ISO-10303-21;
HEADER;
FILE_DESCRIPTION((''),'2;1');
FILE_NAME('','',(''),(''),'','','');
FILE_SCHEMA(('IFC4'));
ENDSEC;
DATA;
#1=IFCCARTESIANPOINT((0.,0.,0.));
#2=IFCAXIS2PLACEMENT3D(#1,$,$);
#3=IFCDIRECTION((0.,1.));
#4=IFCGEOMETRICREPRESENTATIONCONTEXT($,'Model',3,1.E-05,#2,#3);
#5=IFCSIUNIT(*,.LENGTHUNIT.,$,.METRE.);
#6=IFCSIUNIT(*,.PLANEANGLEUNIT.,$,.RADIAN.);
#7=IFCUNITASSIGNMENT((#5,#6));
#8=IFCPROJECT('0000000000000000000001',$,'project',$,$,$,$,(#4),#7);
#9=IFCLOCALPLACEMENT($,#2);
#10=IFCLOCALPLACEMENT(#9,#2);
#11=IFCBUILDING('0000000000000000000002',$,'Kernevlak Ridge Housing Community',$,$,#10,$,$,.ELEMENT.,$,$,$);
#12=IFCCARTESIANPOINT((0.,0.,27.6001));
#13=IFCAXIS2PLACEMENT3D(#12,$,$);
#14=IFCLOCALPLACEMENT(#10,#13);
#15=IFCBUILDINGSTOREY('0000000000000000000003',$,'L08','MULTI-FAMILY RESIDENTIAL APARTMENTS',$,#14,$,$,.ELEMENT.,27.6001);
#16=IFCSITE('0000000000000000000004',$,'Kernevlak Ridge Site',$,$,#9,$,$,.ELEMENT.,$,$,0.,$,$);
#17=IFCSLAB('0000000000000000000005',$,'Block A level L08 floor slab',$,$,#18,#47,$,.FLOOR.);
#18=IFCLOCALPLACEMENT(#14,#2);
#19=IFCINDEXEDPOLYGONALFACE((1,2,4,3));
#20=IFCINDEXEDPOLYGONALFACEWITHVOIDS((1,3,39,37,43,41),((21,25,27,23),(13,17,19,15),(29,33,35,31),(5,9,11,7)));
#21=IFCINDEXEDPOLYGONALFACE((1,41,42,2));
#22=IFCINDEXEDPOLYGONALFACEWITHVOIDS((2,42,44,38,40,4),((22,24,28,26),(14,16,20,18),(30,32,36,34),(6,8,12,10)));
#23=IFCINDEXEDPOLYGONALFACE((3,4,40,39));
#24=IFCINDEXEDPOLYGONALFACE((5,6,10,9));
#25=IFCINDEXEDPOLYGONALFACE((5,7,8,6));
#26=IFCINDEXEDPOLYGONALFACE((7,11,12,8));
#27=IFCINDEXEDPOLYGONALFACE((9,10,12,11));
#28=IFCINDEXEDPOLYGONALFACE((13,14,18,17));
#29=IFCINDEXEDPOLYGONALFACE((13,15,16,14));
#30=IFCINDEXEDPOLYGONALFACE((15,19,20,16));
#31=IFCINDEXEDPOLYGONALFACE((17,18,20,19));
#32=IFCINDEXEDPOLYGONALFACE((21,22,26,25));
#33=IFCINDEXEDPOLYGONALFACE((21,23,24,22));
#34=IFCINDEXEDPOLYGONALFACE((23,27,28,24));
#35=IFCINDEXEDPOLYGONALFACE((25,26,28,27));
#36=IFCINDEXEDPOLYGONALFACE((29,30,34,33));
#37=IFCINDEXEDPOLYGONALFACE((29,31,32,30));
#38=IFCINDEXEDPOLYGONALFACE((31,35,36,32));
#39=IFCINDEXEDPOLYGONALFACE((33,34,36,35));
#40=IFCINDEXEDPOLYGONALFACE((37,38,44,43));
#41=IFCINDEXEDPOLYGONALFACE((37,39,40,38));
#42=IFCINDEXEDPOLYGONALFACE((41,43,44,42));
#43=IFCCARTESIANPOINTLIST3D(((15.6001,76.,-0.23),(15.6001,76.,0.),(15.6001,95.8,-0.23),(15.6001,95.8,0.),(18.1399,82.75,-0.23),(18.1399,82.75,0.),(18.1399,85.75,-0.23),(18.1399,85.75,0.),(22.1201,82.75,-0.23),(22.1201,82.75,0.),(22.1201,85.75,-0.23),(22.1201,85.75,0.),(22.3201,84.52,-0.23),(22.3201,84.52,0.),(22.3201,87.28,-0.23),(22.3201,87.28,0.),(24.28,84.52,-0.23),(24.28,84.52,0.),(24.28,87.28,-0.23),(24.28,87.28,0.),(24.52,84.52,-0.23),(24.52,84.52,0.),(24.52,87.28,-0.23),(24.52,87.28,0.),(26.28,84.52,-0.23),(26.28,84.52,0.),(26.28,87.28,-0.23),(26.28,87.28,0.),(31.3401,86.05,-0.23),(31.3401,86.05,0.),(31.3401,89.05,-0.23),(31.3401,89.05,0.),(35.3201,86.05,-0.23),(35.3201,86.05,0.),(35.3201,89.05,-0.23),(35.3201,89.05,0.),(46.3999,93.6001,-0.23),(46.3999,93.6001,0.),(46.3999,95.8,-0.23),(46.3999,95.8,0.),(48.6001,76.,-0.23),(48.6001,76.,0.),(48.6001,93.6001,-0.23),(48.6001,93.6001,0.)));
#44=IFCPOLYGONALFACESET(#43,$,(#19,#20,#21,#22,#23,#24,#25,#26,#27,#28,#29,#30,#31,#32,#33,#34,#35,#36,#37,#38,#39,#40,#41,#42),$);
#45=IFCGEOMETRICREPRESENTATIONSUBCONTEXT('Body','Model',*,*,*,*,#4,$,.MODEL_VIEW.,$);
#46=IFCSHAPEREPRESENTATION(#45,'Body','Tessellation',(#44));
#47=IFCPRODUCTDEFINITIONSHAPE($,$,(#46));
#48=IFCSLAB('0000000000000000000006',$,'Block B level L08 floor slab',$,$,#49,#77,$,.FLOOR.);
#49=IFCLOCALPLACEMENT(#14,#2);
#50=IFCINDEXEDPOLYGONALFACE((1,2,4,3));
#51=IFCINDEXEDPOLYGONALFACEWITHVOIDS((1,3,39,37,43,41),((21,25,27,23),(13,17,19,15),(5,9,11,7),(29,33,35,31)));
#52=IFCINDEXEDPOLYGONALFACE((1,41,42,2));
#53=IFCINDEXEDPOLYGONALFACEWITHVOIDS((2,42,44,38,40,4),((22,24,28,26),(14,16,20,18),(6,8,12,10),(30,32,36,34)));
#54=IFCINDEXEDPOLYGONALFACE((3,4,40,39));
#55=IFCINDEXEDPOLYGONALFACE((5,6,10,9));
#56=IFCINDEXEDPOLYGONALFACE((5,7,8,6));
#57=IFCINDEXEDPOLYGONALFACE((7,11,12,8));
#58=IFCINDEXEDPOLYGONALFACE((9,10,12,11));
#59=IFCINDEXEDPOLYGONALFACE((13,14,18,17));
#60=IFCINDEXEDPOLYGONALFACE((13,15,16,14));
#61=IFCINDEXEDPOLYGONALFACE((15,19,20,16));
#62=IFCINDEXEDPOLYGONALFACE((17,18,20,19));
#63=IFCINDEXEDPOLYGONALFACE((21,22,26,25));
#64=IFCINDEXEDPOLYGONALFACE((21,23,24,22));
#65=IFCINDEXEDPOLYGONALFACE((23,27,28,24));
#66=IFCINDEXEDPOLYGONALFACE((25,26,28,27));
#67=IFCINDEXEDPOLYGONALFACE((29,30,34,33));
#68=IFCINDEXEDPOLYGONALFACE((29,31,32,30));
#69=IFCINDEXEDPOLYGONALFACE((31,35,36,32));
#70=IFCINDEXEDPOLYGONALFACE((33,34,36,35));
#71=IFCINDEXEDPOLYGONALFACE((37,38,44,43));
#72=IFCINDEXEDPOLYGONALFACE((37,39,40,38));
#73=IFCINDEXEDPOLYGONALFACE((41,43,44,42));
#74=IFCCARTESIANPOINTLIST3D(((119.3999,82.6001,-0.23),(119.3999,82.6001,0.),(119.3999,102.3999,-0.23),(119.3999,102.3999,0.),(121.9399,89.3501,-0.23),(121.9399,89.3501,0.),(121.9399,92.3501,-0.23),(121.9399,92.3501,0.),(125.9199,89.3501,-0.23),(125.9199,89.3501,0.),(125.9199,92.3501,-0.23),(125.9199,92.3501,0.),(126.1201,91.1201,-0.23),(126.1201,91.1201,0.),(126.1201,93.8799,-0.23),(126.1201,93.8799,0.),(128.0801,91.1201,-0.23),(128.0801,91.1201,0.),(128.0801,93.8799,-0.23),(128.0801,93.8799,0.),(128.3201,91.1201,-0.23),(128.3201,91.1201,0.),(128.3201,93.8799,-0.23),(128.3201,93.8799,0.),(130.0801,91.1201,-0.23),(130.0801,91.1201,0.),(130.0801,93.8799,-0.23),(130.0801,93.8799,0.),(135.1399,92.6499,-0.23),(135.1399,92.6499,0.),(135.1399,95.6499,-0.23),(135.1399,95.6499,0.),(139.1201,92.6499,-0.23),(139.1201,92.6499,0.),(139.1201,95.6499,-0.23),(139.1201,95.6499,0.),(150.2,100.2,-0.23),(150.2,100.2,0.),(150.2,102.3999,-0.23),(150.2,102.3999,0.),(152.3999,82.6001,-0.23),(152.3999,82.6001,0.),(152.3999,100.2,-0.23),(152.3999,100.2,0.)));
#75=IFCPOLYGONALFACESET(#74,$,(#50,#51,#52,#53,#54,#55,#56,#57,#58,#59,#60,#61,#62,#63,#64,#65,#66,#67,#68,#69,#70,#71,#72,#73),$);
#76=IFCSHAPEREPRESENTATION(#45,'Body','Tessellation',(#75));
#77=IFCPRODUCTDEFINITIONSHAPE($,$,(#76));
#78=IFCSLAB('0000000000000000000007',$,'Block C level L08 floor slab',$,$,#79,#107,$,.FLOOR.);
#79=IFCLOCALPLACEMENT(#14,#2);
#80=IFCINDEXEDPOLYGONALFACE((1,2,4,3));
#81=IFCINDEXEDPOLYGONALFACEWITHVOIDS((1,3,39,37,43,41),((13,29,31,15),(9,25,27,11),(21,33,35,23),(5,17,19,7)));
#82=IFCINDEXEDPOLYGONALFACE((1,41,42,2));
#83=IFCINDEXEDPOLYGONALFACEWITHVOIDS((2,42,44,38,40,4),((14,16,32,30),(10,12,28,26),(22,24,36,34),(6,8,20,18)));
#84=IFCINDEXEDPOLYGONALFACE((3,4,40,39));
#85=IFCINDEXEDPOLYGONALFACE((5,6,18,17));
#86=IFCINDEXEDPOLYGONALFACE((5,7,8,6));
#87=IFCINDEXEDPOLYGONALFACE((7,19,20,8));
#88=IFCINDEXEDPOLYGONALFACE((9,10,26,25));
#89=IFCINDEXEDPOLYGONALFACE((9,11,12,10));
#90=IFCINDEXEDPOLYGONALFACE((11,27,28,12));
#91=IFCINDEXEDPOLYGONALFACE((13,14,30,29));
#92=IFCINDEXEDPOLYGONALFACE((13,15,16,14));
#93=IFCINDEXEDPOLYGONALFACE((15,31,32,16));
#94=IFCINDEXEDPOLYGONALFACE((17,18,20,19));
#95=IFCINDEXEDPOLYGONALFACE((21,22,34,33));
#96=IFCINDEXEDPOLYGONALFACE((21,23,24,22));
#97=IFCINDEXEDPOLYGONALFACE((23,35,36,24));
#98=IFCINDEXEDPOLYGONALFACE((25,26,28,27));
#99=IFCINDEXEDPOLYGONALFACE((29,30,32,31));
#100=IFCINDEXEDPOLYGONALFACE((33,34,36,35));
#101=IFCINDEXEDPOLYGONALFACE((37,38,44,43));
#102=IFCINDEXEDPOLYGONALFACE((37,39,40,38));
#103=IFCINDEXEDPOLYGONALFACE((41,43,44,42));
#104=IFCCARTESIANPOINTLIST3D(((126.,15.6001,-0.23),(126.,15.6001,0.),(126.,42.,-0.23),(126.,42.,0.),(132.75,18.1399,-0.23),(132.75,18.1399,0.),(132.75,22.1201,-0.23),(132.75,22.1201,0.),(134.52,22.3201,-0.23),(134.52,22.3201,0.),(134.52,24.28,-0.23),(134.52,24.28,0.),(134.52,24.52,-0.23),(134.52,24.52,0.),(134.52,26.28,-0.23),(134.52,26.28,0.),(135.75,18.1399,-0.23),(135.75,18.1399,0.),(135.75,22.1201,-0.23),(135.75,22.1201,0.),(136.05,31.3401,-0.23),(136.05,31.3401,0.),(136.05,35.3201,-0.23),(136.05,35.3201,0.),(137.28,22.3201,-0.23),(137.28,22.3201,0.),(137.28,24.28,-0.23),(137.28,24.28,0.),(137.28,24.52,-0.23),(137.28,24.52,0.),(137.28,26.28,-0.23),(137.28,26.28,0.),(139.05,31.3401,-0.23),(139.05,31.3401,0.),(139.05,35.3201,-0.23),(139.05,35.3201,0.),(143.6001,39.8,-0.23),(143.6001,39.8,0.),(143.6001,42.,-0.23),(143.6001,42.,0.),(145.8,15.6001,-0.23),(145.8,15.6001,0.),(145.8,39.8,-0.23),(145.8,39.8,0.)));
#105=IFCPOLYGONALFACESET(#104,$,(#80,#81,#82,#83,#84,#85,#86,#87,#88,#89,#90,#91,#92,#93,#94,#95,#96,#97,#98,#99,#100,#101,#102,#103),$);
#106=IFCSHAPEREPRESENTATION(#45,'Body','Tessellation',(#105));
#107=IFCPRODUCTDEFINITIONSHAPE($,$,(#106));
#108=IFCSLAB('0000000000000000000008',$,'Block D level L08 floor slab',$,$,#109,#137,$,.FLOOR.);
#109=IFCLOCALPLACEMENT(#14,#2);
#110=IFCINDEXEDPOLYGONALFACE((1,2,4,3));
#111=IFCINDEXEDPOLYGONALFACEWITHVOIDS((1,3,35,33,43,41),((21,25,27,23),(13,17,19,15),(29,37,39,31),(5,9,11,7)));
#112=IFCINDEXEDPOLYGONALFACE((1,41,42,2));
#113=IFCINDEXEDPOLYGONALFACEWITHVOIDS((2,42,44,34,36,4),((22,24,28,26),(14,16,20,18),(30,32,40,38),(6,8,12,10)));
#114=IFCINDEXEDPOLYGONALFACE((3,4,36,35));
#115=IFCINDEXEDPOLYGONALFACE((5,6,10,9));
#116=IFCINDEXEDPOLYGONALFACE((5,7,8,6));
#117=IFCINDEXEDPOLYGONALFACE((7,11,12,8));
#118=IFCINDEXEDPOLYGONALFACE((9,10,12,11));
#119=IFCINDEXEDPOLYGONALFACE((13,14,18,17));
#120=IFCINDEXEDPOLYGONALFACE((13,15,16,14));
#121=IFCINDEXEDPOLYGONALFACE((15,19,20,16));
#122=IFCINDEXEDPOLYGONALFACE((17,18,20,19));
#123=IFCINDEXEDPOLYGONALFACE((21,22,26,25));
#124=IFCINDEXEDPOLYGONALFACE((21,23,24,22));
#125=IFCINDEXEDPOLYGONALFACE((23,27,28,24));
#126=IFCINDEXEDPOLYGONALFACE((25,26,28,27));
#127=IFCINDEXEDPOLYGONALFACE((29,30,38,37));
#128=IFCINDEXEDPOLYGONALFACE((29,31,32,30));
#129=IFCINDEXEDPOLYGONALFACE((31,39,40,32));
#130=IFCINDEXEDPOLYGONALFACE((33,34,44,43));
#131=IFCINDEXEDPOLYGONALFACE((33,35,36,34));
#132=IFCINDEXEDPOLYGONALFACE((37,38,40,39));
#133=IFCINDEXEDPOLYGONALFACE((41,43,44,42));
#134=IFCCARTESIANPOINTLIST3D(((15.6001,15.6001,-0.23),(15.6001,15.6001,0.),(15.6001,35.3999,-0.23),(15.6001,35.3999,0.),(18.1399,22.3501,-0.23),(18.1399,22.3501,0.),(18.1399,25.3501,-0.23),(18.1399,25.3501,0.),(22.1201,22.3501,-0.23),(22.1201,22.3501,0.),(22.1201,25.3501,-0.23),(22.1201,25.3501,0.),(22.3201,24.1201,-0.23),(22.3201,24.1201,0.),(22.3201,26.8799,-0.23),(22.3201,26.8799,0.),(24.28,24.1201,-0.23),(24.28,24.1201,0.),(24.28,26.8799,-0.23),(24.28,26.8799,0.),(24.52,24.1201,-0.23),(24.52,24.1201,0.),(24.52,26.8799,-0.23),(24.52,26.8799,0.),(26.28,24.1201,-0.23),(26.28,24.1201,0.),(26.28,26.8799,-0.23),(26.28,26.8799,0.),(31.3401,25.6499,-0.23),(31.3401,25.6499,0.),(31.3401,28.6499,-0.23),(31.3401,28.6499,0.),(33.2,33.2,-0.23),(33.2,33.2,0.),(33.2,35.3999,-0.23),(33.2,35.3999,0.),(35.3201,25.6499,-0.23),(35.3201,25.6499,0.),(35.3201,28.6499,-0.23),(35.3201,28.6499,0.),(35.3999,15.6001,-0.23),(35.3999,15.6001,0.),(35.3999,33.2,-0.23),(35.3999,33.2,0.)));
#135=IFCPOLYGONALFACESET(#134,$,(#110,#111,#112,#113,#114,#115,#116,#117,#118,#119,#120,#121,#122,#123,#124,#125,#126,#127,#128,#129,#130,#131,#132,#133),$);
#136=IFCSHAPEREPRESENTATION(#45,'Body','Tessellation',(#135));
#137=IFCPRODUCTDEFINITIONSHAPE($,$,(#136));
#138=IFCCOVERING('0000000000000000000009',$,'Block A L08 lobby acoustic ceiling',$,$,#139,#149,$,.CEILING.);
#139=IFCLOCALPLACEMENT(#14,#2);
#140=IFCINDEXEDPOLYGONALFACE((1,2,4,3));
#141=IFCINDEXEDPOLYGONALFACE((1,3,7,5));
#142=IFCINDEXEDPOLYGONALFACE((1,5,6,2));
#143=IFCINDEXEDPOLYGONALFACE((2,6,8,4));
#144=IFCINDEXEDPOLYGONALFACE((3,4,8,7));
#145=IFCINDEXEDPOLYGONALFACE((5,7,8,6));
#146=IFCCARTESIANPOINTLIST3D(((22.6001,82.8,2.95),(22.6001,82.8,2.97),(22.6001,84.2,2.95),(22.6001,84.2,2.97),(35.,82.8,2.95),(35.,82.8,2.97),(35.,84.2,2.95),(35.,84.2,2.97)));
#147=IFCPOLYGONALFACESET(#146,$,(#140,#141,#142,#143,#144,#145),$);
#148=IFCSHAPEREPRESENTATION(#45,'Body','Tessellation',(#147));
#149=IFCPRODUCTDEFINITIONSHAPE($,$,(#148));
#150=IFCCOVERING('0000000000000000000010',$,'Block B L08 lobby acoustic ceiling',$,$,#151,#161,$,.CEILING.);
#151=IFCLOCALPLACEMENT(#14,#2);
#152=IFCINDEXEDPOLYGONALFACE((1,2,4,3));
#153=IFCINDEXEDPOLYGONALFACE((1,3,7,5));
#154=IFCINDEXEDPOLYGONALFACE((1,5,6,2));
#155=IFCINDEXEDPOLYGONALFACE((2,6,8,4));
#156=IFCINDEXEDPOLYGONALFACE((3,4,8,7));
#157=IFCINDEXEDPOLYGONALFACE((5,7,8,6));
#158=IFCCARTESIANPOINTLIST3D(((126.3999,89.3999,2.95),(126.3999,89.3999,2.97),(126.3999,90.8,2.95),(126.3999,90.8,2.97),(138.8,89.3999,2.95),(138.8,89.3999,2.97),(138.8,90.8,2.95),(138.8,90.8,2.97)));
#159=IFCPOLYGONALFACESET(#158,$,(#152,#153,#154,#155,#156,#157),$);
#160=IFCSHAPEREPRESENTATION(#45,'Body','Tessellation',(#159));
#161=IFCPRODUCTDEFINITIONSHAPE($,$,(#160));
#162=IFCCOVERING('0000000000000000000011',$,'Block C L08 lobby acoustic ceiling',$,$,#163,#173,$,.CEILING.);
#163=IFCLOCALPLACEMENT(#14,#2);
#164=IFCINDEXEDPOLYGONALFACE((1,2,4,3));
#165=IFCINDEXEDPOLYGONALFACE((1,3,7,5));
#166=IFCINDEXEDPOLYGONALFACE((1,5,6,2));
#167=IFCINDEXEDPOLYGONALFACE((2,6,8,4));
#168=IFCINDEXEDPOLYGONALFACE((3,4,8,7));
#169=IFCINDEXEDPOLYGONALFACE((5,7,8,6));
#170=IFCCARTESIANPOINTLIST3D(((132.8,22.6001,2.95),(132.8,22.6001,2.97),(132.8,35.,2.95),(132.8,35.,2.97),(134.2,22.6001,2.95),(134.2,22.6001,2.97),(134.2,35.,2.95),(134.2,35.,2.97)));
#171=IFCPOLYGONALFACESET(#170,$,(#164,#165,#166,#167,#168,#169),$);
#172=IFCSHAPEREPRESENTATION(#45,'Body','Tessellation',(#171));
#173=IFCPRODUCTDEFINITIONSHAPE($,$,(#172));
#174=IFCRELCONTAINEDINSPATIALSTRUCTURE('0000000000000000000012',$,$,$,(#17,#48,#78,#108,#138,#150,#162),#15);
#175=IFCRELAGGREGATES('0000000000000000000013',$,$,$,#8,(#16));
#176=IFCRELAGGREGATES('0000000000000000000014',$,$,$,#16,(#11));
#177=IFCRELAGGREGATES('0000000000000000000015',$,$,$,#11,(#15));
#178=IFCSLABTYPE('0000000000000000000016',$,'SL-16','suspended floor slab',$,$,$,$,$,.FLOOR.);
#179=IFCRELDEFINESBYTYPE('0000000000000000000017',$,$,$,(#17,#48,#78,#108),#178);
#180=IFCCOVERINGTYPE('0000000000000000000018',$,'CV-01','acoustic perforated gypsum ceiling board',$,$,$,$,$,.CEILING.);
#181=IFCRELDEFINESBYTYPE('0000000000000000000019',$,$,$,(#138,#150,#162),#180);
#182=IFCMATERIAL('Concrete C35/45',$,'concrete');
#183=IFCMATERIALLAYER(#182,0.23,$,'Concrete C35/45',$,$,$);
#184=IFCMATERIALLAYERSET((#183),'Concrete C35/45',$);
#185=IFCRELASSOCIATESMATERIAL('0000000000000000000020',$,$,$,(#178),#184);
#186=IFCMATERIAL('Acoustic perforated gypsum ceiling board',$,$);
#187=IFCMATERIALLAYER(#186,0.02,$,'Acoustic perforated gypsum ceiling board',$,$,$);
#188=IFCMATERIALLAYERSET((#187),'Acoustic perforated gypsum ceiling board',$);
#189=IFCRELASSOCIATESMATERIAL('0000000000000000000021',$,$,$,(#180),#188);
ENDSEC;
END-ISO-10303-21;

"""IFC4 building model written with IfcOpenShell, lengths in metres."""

from ifc_helpers import new_model, si_unit, direction, frame, origin, place, context, subcontext, project, spatial, polyline, outline, extrude, material, layer, layer_set, type_object, element, save


model = new_model("IFC4")

# Units and contexts
model_context = context("Model", 3, precision=1e-05, world=origin(), true_north=direction((0.0, 1.0)))
body_context = subcontext(model_context, "Body", "Model", "MODEL_VIEW")
ifc_project = project(units=[si_unit("LENGTHUNIT", "METRE"), si_unit("PLANEANGLEUNIT", "RADIAN")], contexts=[model_context])

# Site, building, storey
site_placement = place(None, origin())
site = spatial("IfcSite", under=ifc_project, at=site_placement, Name="Kernevlak Ridge Site", CompositionType="ELEMENT", RefElevation=0.0)
building_placement = place(site_placement, origin())
building = spatial("IfcBuilding", under=site, at=building_placement, Name="Kernevlak Ridge Housing Community", CompositionType="ELEMENT")
storey_placement = place(building_placement, frame((0.0, 0.0, 27.6001)))
storey = spatial("IfcBuildingStorey", under=building, at=storey_placement, Name="L08", Description="MULTI-FAMILY RESIDENTIAL APARTMENTS", CompositionType="ELEMENT", Elevation=27.6001)

# Shared definitions
ifc_material_1 = material(Name="Concrete C35/45", Category="concrete")

# Slabs
ifc_layer_1 = layer(ifc_material_1, 0.23, Name="Concrete C35/45")
ifc_layer_set_1 = layer_set([ifc_layer_1], Name="Concrete C35/45")
slab_type_1 = type_object("IfcSlabType", Name="SL-16", Description="suspended floor slab", PredefinedType="FLOOR", material=ifc_layer_set_1)
slab_1_placement = place(storey_placement, frame((0.0, 0.0, -0.23)))
element("IfcSlab", 1, at=slab_1_placement, inside=storey, type_object=slab_type_1, Name="Block A level L08 floor slab", PredefinedType="FLOOR", context=body_context, shape_type="SweptSolid", body=[
    extrude(outline(polyline([(15.6001, 76.0), (48.6001, 76.0), (48.6001, 93.6001), (46.3999, 93.6001), (46.3999, 95.8), (15.6001, 95.8), (15.6001, 76.0)]), holes=[polyline([(18.1399, 85.75), (22.1201, 85.75), (22.1201, 82.75), (18.1399, 82.75), (18.1399, 85.75)]), polyline([(31.3401, 89.05), (35.3201, 89.05), (35.3201, 86.05), (31.3401, 86.05), (31.3401, 89.05)]), polyline([(22.3201, 87.28), (24.28, 87.28), (24.28, 84.52), (22.3201, 84.52), (22.3201, 87.28)]), polyline([(24.52, 87.28), (26.28, 87.28), (26.28, 84.52), (24.52, 84.52), (24.52, 87.28)])]), origin(), (0.0, 0.0, 1.0), 0.23),
])
slab_2_placement = place(storey_placement, frame((0.0, 0.0, -0.23)))
element("IfcSlab", 2, at=slab_2_placement, inside=storey, type_object=slab_type_1, Name="Block B level L08 floor slab", PredefinedType="FLOOR", context=body_context, shape_type="SweptSolid", body=[
    extrude(outline(polyline([(119.3999, 82.6001), (152.3999, 82.6001), (152.3999, 100.2), (150.2, 100.2), (150.2, 102.3999), (119.3999, 102.3999), (119.3999, 82.6001)]), holes=[polyline([(121.9399, 92.3501), (125.9199, 92.3501), (125.9199, 89.3501), (121.9399, 89.3501), (121.9399, 92.3501)]), polyline([(135.1399, 95.6499), (139.1201, 95.6499), (139.1201, 92.6499), (135.1399, 92.6499), (135.1399, 95.6499)]), polyline([(126.1201, 93.8799), (128.0801, 93.8799), (128.0801, 91.1201), (126.1201, 91.1201), (126.1201, 93.8799)]), polyline([(128.3201, 93.8799), (130.0801, 93.8799), (130.0801, 91.1201), (128.3201, 91.1201), (128.3201, 93.8799)])]), origin(), (0.0, 0.0, 1.0), 0.23),
])
slab_3_placement = place(storey_placement, frame((0.0, 0.0, -0.23)))
element("IfcSlab", 3, at=slab_3_placement, inside=storey, type_object=slab_type_1, Name="Block C level L08 floor slab", PredefinedType="FLOOR", context=body_context, shape_type="SweptSolid", body=[
    extrude(outline(polyline([(145.8, 15.6001), (145.8, 39.8), (143.6001, 39.8), (143.6001, 42.0), (126.0, 42.0), (126.0, 15.6001), (145.8, 15.6001)]), holes=[polyline([(132.75, 18.1399), (132.75, 22.1201), (135.75, 22.1201), (135.75, 18.1399), (132.75, 18.1399)]), polyline([(136.05, 31.3401), (136.05, 35.3201), (139.05, 35.3201), (139.05, 31.3401), (136.05, 31.3401)]), polyline([(134.52, 24.28), (137.28, 24.28), (137.28, 22.3201), (134.52, 22.3201), (134.52, 24.28)]), polyline([(134.52, 26.28), (137.28, 26.28), (137.28, 24.52), (134.52, 24.52), (134.52, 26.28)])]), origin(), (0.0, 0.0, 1.0), 0.23),
])
slab_4_placement = place(storey_placement, frame((0.0, 0.0, -0.23)))
element("IfcSlab", 4, at=slab_4_placement, inside=storey, type_object=slab_type_1, Name="Block D level L08 floor slab", PredefinedType="FLOOR", context=body_context, shape_type="SweptSolid", body=[
    extrude(outline(polyline([(15.6001, 15.6001), (35.3999, 15.6001), (35.3999, 33.2), (33.2, 33.2), (33.2, 35.3999), (15.6001, 35.3999), (15.6001, 15.6001)]), holes=[polyline([(18.1399, 25.3501), (22.1201, 25.3501), (22.1201, 22.3501), (18.1399, 22.3501), (18.1399, 25.3501)]), polyline([(31.3401, 28.6499), (35.3201, 28.6499), (35.3201, 25.6499), (31.3401, 25.6499), (31.3401, 28.6499)]), polyline([(22.3201, 26.8799), (24.28, 26.8799), (24.28, 24.1201), (22.3201, 24.1201), (22.3201, 26.8799)]), polyline([(24.52, 26.8799), (26.28, 26.8799), (26.28, 24.1201), (24.52, 24.1201), (24.52, 26.8799)])]), origin(), (0.0, 0.0, 1.0), 0.23),
])

# Coverings
ifc_material_2 = material(Name="Acoustic perforated gypsum ceiling board")
ifc_layer_2 = layer(ifc_material_2, 0.02, Name="Acoustic perforated gypsum ceiling board")
ifc_layer_set_2 = layer_set([ifc_layer_2], Name="Acoustic perforated gypsum ceiling board")
covering_type_1 = type_object("IfcCoveringType", Name="CV-01", Description="acoustic perforated gypsum ceiling board", PredefinedType="CEILING", material=ifc_layer_set_2)
covering_1_placement = place(storey_placement, frame((0.0, 0.0, 2.95)))
element("IfcCovering", 5, at=covering_1_placement, inside=storey, type_object=covering_type_1, Name="Block A L08 lobby acoustic ceiling", PredefinedType="CEILING", context=body_context, shape_type="SweptSolid", body=[
    extrude(outline(polyline([(22.6001, 82.8), (35.0, 82.8), (35.0, 84.2), (22.6001, 84.2), (22.6001, 82.8)])), origin(), (0.0, 0.0, 1.0), 0.02),
])
covering_2_placement = place(storey_placement, frame((0.0, 0.0, 2.95)))
element("IfcCovering", 6, at=covering_2_placement, inside=storey, type_object=covering_type_1, Name="Block B L08 lobby acoustic ceiling", PredefinedType="CEILING", context=body_context, shape_type="SweptSolid", body=[
    extrude(outline(polyline([(126.3999, 89.3999), (138.8, 89.3999), (138.8, 90.8), (126.3999, 90.8), (126.3999, 89.3999)])), origin(), (0.0, 0.0, 1.0), 0.02),
])
covering_3_placement = place(storey_placement, frame((0.0, 0.0, 2.95)))
element("IfcCovering", 7, at=covering_3_placement, inside=storey, type_object=covering_type_1, Name="Block C L08 lobby acoustic ceiling", PredefinedType="CEILING", context=body_context, shape_type="SweptSolid", body=[
    extrude(outline(polyline([(134.2, 22.6001), (134.2, 35.0), (132.8, 35.0), (132.8, 22.6001), (134.2, 22.6001)])), origin(), (0.0, 0.0, 1.0), 0.02),
])

save(model, "model.ifc")
